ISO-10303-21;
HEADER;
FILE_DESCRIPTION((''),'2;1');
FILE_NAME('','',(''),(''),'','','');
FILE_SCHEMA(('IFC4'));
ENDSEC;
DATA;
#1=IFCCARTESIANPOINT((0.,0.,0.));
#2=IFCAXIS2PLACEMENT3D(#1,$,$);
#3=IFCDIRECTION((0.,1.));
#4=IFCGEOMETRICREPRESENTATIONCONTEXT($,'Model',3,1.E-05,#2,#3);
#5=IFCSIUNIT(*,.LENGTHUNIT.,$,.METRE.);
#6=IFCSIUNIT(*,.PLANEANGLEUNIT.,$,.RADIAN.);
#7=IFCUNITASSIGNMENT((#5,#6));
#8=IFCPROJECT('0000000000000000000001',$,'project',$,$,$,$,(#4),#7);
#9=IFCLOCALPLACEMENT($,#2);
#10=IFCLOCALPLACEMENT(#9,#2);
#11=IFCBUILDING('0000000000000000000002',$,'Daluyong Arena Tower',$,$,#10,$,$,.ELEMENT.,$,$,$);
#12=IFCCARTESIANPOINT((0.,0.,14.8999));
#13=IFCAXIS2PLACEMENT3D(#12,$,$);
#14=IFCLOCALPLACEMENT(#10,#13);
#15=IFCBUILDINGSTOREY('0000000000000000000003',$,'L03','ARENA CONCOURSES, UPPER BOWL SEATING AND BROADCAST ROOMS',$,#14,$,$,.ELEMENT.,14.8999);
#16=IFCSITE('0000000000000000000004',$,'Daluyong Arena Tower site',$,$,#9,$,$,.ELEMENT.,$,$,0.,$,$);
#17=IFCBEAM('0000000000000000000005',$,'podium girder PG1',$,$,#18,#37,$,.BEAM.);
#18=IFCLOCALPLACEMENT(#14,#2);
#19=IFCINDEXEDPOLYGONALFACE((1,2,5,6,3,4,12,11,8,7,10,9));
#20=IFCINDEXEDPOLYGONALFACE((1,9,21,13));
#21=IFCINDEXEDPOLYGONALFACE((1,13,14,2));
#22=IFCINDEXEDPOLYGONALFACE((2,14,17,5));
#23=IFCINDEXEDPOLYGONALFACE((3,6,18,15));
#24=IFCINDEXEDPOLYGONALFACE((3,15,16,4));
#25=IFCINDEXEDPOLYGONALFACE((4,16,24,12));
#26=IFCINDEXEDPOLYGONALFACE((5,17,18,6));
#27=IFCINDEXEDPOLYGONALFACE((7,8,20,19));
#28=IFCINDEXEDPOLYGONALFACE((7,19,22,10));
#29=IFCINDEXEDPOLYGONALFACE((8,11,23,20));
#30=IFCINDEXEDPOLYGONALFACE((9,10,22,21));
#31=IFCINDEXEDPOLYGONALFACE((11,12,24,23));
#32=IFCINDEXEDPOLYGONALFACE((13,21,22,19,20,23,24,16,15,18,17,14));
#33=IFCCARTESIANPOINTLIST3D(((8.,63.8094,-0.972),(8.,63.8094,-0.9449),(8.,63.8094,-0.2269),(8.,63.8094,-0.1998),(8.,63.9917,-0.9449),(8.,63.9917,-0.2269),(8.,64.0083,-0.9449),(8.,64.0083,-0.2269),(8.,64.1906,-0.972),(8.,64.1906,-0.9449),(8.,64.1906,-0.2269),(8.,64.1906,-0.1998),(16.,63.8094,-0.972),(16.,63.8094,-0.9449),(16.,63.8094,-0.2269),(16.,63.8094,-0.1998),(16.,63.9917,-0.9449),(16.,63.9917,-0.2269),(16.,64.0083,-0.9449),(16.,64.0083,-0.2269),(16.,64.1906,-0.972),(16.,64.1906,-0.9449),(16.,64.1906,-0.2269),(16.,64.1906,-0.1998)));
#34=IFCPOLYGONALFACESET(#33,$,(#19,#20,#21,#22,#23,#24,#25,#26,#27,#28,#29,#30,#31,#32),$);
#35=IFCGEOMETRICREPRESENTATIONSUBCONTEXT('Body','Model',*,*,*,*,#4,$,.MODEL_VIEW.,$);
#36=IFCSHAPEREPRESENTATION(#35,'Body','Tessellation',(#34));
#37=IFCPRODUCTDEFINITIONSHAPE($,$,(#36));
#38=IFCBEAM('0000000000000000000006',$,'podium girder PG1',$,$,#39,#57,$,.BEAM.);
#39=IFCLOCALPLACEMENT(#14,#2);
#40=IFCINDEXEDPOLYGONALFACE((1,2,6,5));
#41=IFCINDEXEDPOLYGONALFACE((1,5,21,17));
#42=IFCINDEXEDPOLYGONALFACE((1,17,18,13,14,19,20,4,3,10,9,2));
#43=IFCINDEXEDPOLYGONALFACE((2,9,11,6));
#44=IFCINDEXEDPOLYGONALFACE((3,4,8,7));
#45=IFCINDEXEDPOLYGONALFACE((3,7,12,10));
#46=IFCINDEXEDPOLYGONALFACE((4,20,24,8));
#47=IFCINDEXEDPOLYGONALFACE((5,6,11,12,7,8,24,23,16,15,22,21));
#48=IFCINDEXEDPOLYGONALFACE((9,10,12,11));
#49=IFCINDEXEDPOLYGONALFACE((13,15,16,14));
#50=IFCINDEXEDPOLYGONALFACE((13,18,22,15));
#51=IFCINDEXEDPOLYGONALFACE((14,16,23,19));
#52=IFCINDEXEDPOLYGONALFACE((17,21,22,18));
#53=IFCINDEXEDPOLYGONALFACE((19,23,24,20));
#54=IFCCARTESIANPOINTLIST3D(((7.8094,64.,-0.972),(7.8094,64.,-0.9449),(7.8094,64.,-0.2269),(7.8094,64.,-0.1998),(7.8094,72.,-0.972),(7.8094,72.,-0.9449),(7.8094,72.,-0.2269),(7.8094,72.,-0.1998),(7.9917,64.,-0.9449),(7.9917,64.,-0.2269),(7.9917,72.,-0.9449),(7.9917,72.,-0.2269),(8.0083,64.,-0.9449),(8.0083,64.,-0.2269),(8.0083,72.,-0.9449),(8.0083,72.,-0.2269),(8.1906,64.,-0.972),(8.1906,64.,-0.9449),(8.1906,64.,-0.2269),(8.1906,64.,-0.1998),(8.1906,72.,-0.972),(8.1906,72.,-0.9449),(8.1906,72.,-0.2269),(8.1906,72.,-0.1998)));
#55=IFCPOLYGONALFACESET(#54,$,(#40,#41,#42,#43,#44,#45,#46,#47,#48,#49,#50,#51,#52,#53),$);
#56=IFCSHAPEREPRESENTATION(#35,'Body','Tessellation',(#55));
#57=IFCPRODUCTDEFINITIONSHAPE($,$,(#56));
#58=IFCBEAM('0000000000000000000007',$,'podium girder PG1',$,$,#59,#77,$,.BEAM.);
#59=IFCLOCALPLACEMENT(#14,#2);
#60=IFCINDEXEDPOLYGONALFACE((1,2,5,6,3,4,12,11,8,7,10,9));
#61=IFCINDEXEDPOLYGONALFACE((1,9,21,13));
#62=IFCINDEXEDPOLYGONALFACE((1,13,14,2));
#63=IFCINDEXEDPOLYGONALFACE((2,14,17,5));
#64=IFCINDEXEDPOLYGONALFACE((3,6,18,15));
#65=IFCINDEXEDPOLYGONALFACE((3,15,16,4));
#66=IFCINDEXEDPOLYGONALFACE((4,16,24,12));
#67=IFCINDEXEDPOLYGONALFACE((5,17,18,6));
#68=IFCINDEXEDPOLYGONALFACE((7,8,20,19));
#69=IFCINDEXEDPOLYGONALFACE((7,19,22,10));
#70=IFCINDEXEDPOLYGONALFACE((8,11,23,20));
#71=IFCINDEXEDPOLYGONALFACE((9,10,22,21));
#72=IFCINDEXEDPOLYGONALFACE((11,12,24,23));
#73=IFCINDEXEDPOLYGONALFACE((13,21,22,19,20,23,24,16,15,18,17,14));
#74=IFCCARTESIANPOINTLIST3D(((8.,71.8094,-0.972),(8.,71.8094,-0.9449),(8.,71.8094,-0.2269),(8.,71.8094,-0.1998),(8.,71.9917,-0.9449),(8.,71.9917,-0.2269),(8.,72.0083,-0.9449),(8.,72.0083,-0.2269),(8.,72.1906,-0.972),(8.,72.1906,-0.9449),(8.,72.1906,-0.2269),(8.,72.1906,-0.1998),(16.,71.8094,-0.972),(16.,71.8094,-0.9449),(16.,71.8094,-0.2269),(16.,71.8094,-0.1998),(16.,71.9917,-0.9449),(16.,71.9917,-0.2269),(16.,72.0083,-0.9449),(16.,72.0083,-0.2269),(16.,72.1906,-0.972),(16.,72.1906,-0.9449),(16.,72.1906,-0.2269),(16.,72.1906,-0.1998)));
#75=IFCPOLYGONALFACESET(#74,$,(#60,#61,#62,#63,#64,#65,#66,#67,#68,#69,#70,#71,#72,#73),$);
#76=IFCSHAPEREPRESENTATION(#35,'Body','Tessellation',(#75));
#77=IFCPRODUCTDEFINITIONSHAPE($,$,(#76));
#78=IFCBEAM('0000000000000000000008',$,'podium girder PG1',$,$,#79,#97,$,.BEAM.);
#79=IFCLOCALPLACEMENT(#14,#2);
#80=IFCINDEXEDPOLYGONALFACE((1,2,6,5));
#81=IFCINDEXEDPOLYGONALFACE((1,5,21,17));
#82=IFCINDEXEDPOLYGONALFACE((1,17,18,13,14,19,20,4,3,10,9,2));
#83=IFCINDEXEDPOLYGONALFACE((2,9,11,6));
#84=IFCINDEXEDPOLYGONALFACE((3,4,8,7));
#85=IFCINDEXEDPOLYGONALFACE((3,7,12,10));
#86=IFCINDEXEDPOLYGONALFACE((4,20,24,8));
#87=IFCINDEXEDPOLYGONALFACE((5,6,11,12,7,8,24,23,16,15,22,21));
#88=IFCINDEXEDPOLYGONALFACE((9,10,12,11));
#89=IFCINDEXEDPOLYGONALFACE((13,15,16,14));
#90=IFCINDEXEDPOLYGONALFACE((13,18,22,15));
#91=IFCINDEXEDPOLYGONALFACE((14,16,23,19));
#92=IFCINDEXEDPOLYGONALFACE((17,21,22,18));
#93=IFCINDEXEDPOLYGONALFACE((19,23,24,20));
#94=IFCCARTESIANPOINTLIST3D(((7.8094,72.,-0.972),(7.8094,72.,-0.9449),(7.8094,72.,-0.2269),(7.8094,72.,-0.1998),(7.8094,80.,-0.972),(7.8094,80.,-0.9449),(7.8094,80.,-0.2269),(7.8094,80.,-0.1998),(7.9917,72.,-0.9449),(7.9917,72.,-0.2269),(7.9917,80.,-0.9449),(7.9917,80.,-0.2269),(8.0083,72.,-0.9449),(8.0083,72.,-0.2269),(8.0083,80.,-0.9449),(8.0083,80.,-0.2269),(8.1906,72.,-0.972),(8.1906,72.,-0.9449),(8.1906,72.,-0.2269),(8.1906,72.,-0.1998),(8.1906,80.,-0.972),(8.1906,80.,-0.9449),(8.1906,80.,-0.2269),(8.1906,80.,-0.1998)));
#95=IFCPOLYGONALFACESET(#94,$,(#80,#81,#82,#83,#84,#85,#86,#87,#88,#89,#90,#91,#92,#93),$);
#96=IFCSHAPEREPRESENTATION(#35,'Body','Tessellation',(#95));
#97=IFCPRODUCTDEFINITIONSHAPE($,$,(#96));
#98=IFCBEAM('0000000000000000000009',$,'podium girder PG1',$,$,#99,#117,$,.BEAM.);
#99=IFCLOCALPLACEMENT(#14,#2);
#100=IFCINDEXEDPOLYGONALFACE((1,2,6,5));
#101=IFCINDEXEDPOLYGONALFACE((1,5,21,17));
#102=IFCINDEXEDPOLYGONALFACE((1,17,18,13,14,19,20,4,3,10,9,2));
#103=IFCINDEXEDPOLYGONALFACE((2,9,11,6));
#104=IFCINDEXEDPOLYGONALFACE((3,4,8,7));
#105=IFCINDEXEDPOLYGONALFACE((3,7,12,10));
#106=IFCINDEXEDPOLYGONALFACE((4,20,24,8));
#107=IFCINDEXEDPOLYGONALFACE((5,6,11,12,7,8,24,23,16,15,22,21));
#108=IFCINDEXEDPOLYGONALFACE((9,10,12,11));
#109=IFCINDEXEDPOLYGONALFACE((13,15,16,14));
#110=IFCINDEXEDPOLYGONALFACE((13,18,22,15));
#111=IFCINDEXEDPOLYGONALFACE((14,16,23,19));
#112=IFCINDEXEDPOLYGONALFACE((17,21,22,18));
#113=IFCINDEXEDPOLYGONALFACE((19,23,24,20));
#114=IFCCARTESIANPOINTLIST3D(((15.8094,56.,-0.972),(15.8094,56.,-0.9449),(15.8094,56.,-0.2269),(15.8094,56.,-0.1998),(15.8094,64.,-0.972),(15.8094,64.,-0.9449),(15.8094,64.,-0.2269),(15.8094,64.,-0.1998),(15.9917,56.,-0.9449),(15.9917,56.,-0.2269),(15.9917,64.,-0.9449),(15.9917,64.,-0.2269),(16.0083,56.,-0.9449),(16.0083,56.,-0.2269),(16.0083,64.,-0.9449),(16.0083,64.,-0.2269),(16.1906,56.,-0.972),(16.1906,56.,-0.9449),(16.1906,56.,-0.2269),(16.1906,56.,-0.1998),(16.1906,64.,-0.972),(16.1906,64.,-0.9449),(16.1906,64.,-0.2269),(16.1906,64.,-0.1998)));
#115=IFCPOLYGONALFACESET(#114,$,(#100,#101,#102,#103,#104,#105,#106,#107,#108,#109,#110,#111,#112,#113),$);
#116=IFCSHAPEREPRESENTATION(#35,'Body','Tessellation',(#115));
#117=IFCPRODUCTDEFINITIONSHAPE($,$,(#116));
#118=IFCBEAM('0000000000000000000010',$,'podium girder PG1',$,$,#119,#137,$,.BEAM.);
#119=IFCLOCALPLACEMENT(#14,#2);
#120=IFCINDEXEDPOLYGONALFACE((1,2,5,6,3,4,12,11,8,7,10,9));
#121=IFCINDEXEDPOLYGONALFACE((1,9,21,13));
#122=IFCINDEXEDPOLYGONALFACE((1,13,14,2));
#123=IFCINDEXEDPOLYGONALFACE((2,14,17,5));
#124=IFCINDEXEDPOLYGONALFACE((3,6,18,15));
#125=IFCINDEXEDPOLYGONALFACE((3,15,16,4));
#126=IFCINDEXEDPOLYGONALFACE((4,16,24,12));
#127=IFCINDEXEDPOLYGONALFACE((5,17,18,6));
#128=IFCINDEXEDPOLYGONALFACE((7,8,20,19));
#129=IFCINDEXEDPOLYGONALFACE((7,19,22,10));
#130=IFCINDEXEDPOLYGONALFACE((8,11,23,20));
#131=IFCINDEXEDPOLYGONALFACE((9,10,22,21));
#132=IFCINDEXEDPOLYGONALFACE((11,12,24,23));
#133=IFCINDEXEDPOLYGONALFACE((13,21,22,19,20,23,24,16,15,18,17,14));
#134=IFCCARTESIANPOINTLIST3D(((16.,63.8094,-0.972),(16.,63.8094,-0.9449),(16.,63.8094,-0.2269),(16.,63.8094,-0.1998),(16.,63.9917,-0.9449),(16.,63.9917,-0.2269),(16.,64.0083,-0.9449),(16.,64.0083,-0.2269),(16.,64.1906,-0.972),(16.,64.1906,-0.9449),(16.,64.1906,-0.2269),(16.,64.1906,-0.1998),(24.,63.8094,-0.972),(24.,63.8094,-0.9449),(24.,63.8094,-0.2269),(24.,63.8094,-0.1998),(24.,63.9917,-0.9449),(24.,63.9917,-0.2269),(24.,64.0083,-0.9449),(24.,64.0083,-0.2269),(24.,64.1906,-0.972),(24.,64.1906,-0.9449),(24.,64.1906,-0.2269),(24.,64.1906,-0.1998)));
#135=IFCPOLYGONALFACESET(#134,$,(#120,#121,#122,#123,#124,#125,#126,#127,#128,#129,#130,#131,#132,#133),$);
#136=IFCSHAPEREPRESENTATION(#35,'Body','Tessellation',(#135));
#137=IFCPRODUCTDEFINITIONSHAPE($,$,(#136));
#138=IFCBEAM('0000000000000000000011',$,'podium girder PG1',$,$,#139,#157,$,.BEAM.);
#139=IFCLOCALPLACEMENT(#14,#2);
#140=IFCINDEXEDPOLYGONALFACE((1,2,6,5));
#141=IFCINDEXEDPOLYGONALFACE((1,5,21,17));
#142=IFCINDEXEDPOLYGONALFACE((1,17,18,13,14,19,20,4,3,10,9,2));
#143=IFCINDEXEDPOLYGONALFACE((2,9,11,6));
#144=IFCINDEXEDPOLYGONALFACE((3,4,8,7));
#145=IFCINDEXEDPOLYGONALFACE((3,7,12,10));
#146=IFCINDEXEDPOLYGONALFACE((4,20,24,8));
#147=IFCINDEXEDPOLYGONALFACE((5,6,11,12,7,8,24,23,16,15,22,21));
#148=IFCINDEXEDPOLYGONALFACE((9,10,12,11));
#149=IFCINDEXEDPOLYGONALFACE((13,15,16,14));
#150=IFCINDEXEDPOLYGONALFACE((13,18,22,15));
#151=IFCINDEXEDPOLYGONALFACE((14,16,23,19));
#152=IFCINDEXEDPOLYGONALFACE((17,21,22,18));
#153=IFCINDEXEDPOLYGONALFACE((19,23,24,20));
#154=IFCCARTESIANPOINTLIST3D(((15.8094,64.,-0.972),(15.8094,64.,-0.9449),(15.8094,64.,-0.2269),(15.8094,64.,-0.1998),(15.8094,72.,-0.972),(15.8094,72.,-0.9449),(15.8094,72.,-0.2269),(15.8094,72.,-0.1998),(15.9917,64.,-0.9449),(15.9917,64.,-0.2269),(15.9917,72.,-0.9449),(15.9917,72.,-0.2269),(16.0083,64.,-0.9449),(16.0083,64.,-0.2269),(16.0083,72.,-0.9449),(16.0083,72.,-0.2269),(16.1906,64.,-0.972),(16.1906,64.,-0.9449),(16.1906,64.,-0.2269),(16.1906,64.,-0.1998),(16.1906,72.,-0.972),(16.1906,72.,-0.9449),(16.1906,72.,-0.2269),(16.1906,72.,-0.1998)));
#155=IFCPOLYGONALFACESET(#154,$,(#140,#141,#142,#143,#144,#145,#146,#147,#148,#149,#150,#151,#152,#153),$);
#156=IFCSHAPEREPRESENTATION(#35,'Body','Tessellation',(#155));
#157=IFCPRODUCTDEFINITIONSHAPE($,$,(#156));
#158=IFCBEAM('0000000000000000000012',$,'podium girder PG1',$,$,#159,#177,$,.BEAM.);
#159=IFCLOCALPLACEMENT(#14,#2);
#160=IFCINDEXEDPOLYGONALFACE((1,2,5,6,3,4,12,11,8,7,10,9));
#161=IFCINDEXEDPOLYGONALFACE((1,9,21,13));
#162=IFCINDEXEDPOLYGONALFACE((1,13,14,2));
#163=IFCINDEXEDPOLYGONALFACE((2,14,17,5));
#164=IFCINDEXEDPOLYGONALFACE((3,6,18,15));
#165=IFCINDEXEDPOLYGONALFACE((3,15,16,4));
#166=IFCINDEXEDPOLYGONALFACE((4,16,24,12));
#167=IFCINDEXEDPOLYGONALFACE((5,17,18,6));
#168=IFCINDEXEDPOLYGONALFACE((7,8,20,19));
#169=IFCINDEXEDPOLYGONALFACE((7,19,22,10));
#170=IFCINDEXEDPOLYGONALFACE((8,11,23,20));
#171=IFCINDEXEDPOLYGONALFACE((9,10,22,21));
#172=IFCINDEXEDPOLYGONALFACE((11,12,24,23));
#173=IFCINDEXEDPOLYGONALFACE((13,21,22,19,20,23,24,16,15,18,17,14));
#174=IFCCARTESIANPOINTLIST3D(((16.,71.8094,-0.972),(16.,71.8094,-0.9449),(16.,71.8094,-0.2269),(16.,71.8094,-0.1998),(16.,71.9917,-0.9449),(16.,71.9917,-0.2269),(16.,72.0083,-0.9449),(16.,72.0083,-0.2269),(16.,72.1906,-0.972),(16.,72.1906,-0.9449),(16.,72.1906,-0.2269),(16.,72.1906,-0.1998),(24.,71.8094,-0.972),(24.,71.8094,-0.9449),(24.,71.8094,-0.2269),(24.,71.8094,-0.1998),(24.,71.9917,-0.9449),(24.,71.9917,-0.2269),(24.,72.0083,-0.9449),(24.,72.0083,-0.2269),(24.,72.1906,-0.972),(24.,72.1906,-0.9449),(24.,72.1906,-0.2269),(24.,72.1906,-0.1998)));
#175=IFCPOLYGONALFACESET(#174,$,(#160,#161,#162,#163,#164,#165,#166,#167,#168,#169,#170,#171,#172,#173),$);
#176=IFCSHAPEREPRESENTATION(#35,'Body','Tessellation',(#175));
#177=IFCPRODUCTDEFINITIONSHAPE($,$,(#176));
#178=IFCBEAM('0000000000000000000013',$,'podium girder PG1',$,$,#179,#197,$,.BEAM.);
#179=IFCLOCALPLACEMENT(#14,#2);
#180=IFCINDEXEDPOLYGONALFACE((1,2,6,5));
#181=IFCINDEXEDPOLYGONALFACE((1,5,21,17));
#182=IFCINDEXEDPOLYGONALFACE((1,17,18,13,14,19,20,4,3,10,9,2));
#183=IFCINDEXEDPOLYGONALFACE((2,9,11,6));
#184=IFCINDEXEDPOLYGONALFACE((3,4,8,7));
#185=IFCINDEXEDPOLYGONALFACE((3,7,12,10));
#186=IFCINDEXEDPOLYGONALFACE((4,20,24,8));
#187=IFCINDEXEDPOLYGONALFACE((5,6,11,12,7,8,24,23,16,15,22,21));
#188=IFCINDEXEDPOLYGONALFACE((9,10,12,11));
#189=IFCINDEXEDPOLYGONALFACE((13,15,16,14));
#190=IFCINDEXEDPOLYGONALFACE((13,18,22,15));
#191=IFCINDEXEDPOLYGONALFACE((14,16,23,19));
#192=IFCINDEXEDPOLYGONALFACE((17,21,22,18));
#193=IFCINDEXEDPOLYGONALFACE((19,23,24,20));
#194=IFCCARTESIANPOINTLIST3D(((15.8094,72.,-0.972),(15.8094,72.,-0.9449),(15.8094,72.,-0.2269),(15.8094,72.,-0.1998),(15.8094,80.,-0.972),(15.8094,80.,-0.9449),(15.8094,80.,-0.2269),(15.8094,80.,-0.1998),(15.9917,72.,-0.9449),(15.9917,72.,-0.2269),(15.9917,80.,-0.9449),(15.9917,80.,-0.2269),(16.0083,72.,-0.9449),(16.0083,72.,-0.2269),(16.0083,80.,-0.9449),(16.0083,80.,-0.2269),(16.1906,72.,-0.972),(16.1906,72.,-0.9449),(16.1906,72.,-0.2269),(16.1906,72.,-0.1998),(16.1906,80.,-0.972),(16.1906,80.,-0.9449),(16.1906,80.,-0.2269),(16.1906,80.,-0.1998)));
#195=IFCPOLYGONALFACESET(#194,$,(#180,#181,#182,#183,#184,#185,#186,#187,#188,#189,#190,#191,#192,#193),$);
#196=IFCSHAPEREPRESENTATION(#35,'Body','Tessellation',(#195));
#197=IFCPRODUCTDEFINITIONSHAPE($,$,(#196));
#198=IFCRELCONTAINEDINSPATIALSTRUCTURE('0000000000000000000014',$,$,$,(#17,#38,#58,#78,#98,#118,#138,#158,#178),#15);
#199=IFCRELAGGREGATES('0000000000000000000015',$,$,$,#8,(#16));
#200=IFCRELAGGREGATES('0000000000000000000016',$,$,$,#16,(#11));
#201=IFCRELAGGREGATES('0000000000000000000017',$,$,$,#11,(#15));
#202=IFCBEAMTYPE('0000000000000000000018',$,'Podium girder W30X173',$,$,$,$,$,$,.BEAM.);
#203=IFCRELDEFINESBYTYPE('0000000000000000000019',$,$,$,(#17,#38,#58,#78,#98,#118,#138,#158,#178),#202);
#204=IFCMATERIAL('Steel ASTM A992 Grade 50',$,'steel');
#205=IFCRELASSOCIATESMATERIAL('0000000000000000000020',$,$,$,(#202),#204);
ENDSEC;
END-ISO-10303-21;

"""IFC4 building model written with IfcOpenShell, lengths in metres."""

from ifc_helpers import new_model, si_unit, direction, frame, origin, origin_2d, place, context, subcontext, project, spatial, i_section, extrude, material, material_profile, profile_set, type_object, element, save


model = new_model("IFC4")

# Units and contexts
model_context = context("Model", 3, precision=1e-05, world=origin(), true_north=direction((0.0, 1.0)))
body_context = subcontext(model_context, "Body", "Model", "MODEL_VIEW")
ifc_project = project(units=[si_unit("LENGTHUNIT", "METRE"), si_unit("PLANEANGLEUNIT", "RADIAN")], contexts=[model_context])

# Site, building, storey
site_placement = place(None, origin())
site = spatial("IfcSite", under=ifc_project, at=site_placement, Name="Daluyong Arena Tower site", CompositionType="ELEMENT", RefElevation=0.0)
building_placement = place(site_placement, origin())
building = spatial("IfcBuilding", under=site, at=building_placement, Name="Daluyong Arena Tower", CompositionType="ELEMENT")
storey_placement = place(building_placement, frame((0.0, 0.0, 14.8999)))
storey = spatial("IfcBuildingStorey", under=building, at=storey_placement, Name="L03", Description="ARENA CONCOURSES, UPPER BOWL SEATING AND BROADCAST ROOMS", CompositionType="ELEMENT", Elevation=14.8999)

# Beams
ifc_material_1 = material(Name="Steel ASTM A992 Grade 50", Category="steel")
ifc_material_profile_1 = material_profile(ifc_material_1, i_section(OverallWidth=0.3811, OverallDepth=0.7722, WebThickness=0.0166, FlangeThickness=0.0271, at=origin_2d()))
ifc_profile_set_1 = profile_set([ifc_material_profile_1], Name="Steel ASTM A992 Grade 50")
beam_type_1 = type_object("IfcBeamType", Name="Podium girder W30X173", PredefinedType="BEAM", material=ifc_profile_set_1)
for number, where, z_axis, x_axis, name in (
    (1, (8.0, 64.0, -0.5859), (1.0, 0.0, 0.0), (0.0, 1.0, 0.0), "podium girder PG1"),
    (2, (8.0, 64.0, -0.5859), (0.0, 1.0, 0.0), (-1.0, 0.0, 0.0), "podium girder PG1"),
    (3, (8.0, 72.0, -0.5859), (1.0, 0.0, 0.0), (0.0, 1.0, 0.0), "podium girder PG1"),
    (4, (8.0, 72.0, -0.5859), (0.0, 1.0, 0.0), (-1.0, 0.0, 0.0), "podium girder PG1"),
    (5, (16.0, 56.0, -0.5859), (0.0, 1.0, 0.0), (-1.0, 0.0, 0.0), "podium girder PG1"),
    (6, (16.0, 64.0, -0.5859), (1.0, 0.0, 0.0), (0.0, 1.0, 0.0), "podium girder PG1"),
    (7, (16.0, 64.0, -0.5859), (0.0, 1.0, 0.0), (-1.0, 0.0, 0.0), "podium girder PG1"),
    (8, (16.0, 72.0, -0.5859), (1.0, 0.0, 0.0), (0.0, 1.0, 0.0), "podium girder PG1"),
    (9, (16.0, 72.0, -0.5859), (0.0, 1.0, 0.0), (-1.0, 0.0, 0.0), "podium girder PG1"),
):
    element("IfcBeam", number, at=place(storey_placement, frame(where, z_axis=z_axis, x_axis=x_axis)), inside=storey, type_object=beam_type_1, Name=name, PredefinedType="BEAM", context=body_context, shape_type="SweptSolid", body=[
        extrude(i_section(OverallWidth=0.3811, OverallDepth=0.7722, WebThickness=0.0166, FlangeThickness=0.0271, at=origin_2d()), origin(), (0.0, 0.0, 1.0), 8.0),
    ])

save(model, "model.ifc")
